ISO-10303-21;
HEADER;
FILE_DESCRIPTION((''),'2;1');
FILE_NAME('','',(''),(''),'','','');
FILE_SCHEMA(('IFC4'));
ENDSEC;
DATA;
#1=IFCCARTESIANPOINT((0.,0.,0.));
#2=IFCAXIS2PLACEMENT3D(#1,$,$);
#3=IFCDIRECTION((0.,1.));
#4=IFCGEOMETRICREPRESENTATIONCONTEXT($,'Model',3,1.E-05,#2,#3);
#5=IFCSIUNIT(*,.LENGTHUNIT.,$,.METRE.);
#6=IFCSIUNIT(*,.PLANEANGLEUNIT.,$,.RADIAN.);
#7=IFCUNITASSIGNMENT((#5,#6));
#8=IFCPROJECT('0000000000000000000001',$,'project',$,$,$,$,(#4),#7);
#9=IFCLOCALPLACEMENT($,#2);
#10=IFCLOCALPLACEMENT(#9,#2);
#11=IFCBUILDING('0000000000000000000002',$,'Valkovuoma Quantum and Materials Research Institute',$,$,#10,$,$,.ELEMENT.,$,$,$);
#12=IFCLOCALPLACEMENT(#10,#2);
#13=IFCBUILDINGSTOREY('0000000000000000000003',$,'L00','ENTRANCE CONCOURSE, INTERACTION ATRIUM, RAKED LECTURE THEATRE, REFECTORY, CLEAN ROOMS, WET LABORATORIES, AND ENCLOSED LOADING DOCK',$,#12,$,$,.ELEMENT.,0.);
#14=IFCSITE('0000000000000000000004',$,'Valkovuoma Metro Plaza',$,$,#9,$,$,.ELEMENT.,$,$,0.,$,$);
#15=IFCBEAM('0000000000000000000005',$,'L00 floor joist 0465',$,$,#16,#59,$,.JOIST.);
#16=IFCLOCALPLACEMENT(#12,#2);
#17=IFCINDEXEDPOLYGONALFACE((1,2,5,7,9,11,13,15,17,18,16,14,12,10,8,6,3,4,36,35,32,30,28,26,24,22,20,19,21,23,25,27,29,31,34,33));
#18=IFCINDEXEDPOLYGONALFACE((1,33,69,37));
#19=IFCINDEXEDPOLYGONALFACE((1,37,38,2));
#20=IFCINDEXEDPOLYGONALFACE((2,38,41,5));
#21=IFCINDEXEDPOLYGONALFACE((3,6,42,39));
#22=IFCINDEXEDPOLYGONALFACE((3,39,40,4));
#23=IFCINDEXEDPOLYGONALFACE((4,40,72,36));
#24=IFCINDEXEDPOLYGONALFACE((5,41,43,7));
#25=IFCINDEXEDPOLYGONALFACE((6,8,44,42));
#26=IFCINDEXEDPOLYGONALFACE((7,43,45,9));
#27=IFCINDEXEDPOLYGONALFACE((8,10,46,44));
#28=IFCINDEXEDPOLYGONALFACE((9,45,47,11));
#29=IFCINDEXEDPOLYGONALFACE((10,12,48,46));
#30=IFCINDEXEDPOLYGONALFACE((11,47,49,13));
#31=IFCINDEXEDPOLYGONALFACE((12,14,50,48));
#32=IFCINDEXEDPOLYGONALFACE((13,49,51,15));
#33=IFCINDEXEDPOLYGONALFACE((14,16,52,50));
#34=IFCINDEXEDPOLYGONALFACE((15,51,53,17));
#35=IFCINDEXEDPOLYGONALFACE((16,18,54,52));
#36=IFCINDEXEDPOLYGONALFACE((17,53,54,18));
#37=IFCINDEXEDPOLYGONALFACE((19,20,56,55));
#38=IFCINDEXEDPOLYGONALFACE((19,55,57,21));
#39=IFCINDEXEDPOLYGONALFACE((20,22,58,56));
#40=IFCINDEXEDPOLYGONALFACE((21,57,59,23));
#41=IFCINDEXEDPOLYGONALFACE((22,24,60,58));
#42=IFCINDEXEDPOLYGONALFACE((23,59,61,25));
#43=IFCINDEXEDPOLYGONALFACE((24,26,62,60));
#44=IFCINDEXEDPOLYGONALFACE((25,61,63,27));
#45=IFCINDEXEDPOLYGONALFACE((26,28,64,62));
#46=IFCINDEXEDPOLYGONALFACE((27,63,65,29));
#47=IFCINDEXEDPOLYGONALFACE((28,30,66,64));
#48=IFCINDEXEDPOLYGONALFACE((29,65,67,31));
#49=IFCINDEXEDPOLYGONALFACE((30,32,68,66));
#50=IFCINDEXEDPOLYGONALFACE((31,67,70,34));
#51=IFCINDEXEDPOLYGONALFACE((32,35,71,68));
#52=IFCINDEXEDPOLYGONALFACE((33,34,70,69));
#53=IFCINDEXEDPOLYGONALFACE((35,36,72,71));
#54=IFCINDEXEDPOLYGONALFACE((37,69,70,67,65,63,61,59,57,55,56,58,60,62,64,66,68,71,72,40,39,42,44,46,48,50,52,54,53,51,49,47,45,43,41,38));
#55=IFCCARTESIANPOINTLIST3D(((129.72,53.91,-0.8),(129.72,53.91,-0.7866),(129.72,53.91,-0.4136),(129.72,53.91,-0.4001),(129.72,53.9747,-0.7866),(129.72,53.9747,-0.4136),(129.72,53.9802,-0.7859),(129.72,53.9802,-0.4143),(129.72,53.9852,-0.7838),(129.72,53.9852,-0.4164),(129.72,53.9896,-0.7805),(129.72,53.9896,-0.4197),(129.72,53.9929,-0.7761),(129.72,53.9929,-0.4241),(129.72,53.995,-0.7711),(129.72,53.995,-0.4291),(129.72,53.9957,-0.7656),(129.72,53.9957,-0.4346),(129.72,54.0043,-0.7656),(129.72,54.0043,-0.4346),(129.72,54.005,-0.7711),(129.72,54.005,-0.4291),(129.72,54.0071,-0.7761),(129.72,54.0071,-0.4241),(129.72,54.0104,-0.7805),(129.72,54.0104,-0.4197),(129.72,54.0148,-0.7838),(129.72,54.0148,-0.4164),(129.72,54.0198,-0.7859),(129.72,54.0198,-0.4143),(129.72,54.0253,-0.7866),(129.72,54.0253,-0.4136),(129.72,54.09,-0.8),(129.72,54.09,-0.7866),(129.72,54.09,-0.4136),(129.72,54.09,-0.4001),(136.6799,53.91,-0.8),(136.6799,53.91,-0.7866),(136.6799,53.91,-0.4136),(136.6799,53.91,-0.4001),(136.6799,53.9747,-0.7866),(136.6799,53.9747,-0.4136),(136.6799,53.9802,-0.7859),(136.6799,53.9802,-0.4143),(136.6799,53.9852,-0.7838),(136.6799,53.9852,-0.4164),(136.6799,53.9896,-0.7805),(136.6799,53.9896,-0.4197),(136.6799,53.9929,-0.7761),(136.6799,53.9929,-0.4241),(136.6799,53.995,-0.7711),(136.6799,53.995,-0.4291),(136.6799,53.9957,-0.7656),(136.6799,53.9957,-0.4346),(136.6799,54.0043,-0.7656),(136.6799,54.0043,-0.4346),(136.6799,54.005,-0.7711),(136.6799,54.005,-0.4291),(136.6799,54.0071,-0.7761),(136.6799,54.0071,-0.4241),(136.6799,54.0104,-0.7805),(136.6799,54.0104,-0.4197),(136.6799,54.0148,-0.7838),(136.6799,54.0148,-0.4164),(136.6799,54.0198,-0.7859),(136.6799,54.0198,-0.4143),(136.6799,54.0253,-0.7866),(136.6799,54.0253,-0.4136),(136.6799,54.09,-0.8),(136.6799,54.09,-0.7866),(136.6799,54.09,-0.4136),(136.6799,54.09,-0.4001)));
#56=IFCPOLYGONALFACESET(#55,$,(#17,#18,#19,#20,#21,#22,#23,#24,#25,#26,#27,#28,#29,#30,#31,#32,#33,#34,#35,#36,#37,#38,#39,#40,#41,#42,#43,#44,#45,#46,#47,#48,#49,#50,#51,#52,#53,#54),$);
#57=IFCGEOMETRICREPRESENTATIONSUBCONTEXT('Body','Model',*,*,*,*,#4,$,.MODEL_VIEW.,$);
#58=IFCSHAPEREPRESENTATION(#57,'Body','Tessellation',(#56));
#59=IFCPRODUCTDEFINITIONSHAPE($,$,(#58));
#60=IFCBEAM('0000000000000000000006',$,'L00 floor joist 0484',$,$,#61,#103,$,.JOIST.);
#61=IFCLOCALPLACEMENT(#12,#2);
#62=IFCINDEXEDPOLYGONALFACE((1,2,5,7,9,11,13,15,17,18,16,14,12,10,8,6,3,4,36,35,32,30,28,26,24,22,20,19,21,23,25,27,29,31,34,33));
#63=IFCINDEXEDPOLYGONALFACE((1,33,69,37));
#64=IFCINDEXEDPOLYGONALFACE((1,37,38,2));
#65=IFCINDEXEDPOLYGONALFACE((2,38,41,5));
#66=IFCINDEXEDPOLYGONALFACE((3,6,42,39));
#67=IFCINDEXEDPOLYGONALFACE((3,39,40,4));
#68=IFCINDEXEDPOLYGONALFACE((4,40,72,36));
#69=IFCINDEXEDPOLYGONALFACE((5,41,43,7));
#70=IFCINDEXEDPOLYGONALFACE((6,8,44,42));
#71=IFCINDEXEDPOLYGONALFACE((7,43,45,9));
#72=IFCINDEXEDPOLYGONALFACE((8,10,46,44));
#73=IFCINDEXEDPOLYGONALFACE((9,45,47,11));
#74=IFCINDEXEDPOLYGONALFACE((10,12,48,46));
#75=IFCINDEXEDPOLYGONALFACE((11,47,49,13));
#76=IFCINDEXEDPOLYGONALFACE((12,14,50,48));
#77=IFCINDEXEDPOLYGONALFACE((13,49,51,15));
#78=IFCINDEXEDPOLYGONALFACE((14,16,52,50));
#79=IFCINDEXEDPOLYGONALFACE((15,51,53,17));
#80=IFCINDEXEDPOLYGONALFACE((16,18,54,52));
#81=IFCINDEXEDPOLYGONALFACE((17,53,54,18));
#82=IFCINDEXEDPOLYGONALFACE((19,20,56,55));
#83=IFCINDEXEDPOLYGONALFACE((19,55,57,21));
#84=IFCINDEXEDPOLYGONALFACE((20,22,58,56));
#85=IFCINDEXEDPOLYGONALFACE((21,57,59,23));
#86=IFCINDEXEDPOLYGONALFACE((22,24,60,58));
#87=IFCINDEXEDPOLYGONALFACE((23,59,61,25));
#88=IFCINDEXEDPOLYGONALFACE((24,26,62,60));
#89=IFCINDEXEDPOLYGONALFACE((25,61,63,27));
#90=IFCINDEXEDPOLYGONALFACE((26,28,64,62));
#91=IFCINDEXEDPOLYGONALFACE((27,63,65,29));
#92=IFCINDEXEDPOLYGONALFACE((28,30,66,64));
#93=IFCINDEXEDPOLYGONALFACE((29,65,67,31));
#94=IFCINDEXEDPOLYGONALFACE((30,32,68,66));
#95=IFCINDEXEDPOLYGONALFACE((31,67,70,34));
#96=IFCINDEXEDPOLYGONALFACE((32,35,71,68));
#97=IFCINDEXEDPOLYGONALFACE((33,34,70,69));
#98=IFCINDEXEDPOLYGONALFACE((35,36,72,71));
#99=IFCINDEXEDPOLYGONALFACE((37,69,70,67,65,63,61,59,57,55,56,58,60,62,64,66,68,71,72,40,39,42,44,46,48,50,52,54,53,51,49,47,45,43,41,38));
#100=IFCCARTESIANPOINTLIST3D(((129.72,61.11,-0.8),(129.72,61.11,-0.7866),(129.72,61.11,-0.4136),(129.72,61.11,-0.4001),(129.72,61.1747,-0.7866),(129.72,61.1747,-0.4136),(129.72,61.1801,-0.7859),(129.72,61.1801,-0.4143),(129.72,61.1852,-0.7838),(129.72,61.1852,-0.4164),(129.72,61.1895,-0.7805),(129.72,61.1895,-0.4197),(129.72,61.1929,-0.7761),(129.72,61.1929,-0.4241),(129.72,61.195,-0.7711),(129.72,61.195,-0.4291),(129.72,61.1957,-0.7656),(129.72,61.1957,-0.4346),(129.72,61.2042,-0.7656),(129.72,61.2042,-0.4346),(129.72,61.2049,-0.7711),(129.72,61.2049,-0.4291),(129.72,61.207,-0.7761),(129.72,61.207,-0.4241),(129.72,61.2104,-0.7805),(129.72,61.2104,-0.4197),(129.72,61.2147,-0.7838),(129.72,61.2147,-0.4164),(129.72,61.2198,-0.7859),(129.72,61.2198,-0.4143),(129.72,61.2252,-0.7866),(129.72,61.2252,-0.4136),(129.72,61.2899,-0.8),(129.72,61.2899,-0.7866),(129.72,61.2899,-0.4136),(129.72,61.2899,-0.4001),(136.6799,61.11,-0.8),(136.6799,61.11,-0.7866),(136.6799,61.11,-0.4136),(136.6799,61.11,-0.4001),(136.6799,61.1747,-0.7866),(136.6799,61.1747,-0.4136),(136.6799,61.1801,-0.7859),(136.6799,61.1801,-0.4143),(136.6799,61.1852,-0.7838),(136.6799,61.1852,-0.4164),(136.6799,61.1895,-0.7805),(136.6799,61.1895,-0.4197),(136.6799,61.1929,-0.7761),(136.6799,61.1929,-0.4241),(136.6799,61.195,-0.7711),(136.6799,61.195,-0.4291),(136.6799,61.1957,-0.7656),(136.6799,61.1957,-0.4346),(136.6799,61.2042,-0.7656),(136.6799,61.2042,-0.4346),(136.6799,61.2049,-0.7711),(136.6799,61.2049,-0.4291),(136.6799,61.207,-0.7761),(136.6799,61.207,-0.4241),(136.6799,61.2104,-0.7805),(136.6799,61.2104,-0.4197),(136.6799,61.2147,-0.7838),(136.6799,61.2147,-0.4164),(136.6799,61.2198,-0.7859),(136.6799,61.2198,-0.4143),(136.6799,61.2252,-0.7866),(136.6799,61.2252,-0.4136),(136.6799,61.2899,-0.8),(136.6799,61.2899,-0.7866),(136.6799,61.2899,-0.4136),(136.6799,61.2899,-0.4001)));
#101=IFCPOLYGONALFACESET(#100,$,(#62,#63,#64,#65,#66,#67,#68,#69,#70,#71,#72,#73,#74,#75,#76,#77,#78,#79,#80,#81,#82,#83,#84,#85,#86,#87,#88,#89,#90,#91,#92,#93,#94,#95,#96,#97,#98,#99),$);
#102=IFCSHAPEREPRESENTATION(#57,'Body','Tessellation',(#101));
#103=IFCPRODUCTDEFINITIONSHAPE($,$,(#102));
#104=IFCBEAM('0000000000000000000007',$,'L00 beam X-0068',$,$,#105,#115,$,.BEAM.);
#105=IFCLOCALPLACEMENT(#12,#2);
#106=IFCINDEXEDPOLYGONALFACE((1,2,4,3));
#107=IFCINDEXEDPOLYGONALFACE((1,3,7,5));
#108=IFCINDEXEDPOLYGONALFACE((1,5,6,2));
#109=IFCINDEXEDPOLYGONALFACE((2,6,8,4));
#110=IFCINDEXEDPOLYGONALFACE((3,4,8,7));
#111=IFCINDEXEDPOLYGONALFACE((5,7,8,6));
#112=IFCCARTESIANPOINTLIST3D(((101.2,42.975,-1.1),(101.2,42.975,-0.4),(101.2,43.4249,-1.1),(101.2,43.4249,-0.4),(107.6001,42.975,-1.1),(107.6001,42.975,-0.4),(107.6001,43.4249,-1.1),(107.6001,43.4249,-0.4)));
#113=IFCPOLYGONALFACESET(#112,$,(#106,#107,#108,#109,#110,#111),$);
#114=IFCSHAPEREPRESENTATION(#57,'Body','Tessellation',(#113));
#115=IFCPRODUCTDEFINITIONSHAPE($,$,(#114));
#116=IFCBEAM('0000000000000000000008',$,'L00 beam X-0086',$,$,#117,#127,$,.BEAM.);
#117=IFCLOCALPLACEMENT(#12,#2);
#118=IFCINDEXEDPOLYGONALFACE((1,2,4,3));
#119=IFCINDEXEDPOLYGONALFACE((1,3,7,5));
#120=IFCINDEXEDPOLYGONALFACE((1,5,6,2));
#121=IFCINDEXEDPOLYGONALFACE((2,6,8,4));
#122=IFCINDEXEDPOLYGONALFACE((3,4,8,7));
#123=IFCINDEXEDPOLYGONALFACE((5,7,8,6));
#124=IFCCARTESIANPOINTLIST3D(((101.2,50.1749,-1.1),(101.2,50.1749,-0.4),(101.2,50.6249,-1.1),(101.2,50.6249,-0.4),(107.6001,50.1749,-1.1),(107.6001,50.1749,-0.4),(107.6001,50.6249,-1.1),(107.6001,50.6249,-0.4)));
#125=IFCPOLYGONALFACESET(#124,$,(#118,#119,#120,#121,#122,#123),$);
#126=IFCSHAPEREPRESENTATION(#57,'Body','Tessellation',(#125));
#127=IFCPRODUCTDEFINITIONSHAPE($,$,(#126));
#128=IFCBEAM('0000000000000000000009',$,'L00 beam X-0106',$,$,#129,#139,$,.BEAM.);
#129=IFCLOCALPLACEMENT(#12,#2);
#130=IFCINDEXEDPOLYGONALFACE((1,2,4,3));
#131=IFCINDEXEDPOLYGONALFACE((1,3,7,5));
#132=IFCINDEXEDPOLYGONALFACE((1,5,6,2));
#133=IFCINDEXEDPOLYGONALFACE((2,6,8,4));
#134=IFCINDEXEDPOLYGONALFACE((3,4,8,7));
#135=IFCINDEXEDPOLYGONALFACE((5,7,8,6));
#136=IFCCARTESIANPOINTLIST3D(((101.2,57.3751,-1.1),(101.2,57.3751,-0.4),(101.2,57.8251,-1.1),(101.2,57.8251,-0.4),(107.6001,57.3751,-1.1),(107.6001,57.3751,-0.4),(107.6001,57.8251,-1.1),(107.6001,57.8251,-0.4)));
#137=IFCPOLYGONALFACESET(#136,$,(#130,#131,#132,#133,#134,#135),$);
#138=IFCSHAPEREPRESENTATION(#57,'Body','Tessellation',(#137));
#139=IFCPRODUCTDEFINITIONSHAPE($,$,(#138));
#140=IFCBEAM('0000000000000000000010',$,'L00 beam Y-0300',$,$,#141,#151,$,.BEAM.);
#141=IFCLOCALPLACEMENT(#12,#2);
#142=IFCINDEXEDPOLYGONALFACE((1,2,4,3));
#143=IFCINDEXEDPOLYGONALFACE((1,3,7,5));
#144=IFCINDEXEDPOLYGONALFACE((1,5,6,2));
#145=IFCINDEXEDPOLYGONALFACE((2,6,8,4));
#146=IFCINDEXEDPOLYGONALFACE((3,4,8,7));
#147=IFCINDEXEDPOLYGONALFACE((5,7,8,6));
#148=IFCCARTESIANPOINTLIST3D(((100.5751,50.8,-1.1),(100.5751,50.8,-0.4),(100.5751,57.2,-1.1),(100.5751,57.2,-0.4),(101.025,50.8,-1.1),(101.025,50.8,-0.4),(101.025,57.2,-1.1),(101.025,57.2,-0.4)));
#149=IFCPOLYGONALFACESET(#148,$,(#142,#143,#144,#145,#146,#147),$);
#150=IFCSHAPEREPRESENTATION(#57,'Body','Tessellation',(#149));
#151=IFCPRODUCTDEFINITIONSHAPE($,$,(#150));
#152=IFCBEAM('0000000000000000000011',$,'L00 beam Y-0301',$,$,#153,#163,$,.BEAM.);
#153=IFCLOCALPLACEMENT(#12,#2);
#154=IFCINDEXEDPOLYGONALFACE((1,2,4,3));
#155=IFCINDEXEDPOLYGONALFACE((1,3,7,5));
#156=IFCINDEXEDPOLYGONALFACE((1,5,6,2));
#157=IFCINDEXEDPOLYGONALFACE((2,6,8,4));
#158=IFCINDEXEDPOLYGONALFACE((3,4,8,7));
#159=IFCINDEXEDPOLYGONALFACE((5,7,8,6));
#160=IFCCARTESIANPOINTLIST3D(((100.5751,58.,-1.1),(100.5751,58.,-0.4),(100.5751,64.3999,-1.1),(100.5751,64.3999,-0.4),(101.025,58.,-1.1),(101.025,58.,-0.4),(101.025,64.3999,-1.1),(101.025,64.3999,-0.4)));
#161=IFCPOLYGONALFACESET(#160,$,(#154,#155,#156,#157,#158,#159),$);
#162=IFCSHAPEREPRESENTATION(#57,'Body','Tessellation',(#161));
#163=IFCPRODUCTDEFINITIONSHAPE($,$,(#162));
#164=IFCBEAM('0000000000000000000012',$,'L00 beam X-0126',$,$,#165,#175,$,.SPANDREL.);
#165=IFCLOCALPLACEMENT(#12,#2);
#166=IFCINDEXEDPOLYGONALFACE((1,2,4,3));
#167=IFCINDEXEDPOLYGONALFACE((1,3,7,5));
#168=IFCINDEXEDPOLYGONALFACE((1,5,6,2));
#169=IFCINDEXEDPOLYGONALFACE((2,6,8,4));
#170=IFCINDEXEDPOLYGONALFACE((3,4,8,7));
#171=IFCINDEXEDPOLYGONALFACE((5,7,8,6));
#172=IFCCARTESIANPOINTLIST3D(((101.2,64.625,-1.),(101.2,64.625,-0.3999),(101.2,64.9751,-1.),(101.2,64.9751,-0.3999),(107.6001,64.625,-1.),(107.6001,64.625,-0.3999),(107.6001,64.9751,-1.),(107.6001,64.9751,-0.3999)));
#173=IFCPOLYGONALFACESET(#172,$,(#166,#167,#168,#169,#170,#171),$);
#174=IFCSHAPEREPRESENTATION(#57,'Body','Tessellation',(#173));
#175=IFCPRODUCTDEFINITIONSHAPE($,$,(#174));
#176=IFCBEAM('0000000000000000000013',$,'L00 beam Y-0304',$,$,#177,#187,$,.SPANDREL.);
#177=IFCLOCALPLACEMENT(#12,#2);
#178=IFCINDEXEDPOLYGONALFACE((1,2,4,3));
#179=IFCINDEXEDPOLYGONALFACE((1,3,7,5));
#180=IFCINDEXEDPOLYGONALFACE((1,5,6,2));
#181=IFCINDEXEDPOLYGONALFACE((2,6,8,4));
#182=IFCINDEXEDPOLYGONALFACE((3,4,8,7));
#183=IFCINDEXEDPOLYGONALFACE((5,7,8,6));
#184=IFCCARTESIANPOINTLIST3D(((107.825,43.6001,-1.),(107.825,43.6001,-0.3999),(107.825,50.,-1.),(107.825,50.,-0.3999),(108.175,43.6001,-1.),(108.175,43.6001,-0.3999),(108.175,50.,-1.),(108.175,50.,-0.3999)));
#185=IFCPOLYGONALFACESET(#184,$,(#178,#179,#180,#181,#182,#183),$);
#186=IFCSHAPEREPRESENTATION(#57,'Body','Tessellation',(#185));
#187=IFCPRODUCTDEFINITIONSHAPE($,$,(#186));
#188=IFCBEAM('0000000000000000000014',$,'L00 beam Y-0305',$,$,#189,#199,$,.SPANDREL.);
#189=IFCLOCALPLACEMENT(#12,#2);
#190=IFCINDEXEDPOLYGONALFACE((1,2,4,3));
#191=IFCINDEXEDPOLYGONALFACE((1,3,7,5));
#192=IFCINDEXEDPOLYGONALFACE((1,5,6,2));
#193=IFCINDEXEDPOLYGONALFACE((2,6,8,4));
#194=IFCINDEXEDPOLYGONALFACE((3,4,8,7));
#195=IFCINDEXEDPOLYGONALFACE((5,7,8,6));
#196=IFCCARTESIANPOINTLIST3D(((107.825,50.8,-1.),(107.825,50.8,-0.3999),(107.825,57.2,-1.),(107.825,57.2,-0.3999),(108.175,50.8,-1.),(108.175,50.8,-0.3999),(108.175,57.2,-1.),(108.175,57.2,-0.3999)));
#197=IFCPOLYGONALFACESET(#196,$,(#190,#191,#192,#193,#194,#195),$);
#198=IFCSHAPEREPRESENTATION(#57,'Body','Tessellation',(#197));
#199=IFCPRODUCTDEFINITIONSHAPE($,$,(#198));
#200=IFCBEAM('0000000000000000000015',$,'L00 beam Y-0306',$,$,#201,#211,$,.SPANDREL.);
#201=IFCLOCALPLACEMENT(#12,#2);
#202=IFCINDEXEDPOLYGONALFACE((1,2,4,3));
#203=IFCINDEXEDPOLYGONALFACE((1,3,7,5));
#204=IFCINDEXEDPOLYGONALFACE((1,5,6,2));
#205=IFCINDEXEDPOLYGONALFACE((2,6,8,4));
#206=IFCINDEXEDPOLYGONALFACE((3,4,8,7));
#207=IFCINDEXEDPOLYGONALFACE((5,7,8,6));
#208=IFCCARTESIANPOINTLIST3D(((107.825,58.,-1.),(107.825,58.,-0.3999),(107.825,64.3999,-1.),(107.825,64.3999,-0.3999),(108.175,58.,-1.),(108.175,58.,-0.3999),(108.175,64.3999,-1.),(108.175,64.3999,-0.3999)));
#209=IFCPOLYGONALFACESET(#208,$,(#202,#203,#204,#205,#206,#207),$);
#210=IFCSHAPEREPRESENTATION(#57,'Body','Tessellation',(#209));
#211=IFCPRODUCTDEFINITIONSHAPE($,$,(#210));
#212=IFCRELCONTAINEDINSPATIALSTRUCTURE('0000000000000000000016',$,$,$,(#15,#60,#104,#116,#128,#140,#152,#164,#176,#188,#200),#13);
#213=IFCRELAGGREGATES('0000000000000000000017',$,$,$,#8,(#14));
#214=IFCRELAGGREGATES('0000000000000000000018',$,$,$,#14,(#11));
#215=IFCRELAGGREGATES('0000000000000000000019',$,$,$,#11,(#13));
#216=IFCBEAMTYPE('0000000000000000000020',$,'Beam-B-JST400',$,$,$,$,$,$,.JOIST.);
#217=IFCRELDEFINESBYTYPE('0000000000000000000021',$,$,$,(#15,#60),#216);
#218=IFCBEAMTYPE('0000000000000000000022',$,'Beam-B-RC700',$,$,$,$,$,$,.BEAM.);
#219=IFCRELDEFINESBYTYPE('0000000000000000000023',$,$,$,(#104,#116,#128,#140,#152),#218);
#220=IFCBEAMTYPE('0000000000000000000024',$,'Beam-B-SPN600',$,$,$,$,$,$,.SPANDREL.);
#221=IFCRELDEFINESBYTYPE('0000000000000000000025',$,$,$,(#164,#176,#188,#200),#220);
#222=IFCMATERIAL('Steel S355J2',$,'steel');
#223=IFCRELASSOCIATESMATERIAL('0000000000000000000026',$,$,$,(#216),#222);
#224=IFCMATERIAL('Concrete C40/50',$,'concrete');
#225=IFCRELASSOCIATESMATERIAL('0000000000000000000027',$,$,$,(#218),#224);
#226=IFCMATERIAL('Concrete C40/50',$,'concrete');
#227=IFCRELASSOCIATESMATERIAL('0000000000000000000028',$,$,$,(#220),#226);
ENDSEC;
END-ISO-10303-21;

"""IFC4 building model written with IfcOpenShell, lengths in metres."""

from ifc_helpers import new_model, si_unit, direction, frame, origin, origin_2d, place, context, subcontext, project, spatial, rectangle, i_section, extrude, material, material_profile, profile_set, type_object, element, save


model = new_model("IFC4")

# Units and contexts
model_context = context("Model", 3, precision=1e-05, world=origin(), true_north=direction((0.0, 1.0)))
body_context = subcontext(model_context, "Body", "Model", "MODEL_VIEW")
ifc_project = project(units=[si_unit("LENGTHUNIT", "METRE"), si_unit("PLANEANGLEUNIT", "RADIAN")], contexts=[model_context])

# Site, building, storey
site_placement = place(None, origin())
site = spatial("IfcSite", under=ifc_project, at=site_placement, Name="Valkovuoma Metro Plaza", CompositionType="ELEMENT", RefElevation=0.0)
building_placement = place(site_placement, origin())
building = spatial("IfcBuilding", under=site, at=building_placement, Name="Valkovuoma Quantum and Materials Research Institute", CompositionType="ELEMENT")
storey_placement = place(building_placement, origin())
storey = spatial("IfcBuildingStorey", under=building, at=storey_placement, Name="L00", Description="ENTRANCE CONCOURSE, INTERACTION ATRIUM, RAKED LECTURE THEATRE, REFECTORY, CLEAN ROOMS, WET LABORATORIES, AND ENCLOSED LOADING DOCK", CompositionType="ELEMENT", Elevation=0.0)

# Beams
ifc_material_1 = material(Name="Steel S355J2", Category="steel")
ifc_material_profile_1 = material_profile(ifc_material_1, i_section(OverallWidth=0.1799, OverallDepth=0.3999, WebThickness=0.0085, FlangeThickness=0.0134, FilletRadius=0.021, at=origin_2d()), Name="Steel S355J2")
ifc_profile_set_1 = profile_set([ifc_material_profile_1], Name="Steel S355J2")
beam_type_1 = type_object("IfcBeamType", Name="Beam-B-JST400", PredefinedType="JOIST", material=ifc_profile_set_1)
for number, where, z_axis, x_axis, name in (
    (1, (129.72, 54.0, -0.6001), (1.0, 0.0, 0.0), (0.0, 1.0, 0.0), "L00 floor joist 0465"),
    (2, (129.72, 61.2, -0.6001), (1.0, 0.0, 0.0), (0.0, 1.0, 0.0), "L00 floor joist 0484"),
):
    element("IfcBeam", number, at=place(storey_placement, frame(where, z_axis=z_axis, x_axis=x_axis)), inside=storey, type_object=beam_type_1, Name=name, PredefinedType="JOIST", context=body_context, shape_type="SweptSolid", body=[
        extrude(i_section(OverallWidth=0.1799, OverallDepth=0.3999, WebThickness=0.0085, FlangeThickness=0.0134, FilletRadius=0.021, at=origin_2d()), origin(), (0.0, 0.0, 1.0), 6.96),
    ])
ifc_material_2 = material(Name="Concrete C40/50", Category="concrete")
ifc_material_profile_2 = material_profile(ifc_material_2, rectangle(XDim=0.45, YDim=0.7, at=origin_2d()), Name="Concrete C40/50")
ifc_profile_set_2 = profile_set([ifc_material_profile_2], Name="Concrete C40/50")
beam_type_2 = type_object("IfcBeamType", Name="Beam-B-RC700", PredefinedType="BEAM", material=ifc_profile_set_2)
for number, where, z_axis, x_axis, name in (
    (3, (101.2, 43.2, -0.75), (1.0, 0.0, 0.0), (0.0, 1.0, 0.0), "L00 beam X-0068"),
    (4, (101.2, 50.3999, -0.75), (1.0, 0.0, 0.0), (0.0, 1.0, 0.0), "L00 beam X-0086"),
    (5, (101.2, 57.6001, -0.75), (1.0, 0.0, 0.0), (0.0, 1.0, 0.0), "L00 beam X-0106"),
):
    element("IfcBeam", number, at=place(storey_placement, frame(where, z_axis=z_axis, x_axis=x_axis)), inside=storey, type_object=beam_type_2, Name=name, PredefinedType="BEAM", context=body_context, shape_type="SweptSolid", body=[
        extrude(rectangle(XDim=0.45, YDim=0.7, at=origin_2d()), origin(), (0.0, 0.0, 1.0), 6.4001),
    ])
for number, where, z_axis, x_axis, name in (
    (6, (100.8, 50.8, -0.75), (0.0, 1.0, 0.0), (-1.0, 0.0, 0.0), "L00 beam Y-0300"),
    (7, (100.8, 58.0, -0.75), (0.0, 1.0, 0.0), (-1.0, 0.0, 0.0), "L00 beam Y-0301"),
):
    element("IfcBeam", number, at=place(storey_placement, frame(where, z_axis=z_axis, x_axis=x_axis)), inside=storey, type_object=beam_type_2, Name=name, PredefinedType="BEAM", context=body_context, shape_type="SweptSolid", body=[
        extrude(rectangle(XDim=0.45, YDim=0.7, at=origin_2d()), origin(), (0.0, 0.0, 1.0), 6.3999),
    ])
ifc_material_3 = material(Name="Concrete C40/50", Category="concrete")
ifc_material_profile_3 = material_profile(ifc_material_3, rectangle(XDim=0.3501, YDim=0.6001, at=origin_2d()), Name="Concrete C40/50")
ifc_profile_set_3 = profile_set([ifc_material_profile_3], Name="Concrete C40/50")
beam_type_3 = type_object("IfcBeamType", Name="Beam-B-SPN600", PredefinedType="SPANDREL", material=ifc_profile_set_3)
beam_placement = place(storey_placement, frame((101.2, 64.8, -0.7), z_axis=(1.0, 0.0, 0.0), x_axis=(0.0, 1.0, 0.0)))
element("IfcBeam", 8, at=beam_placement, inside=storey, type_object=beam_type_3, Name="L00 beam X-0126", PredefinedType="SPANDREL", context=body_context, shape_type="SweptSolid", body=[
    extrude(rectangle(XDim=0.3501, YDim=0.6001, at=origin_2d()), origin(), (0.0, 0.0, 1.0), 6.4001),
])
for number, where, z_axis, x_axis, name in (
    (9, (108.0, 43.6001, -0.7), (0.0, 1.0, 0.0), (-1.0, 0.0, 0.0), "L00 beam Y-0304"),
    (10, (108.0, 50.8, -0.7), (0.0, 1.0, 0.0), (-1.0, 0.0, 0.0), "L00 beam Y-0305"),
    (11, (108.0, 58.0, -0.7), (0.0, 1.0, 0.0), (-1.0, 0.0, 0.0), "L00 beam Y-0306"),
):
    element("IfcBeam", number, at=place(storey_placement, frame(where, z_axis=z_axis, x_axis=x_axis)), inside=storey, type_object=beam_type_3, Name=name, PredefinedType="SPANDREL", context=body_context, shape_type="SweptSolid", body=[
        extrude(rectangle(XDim=0.3501, YDim=0.6001, at=origin_2d()), origin(), (0.0, 0.0, 1.0), 6.3999),
    ])

save(model, "model.ifc")
